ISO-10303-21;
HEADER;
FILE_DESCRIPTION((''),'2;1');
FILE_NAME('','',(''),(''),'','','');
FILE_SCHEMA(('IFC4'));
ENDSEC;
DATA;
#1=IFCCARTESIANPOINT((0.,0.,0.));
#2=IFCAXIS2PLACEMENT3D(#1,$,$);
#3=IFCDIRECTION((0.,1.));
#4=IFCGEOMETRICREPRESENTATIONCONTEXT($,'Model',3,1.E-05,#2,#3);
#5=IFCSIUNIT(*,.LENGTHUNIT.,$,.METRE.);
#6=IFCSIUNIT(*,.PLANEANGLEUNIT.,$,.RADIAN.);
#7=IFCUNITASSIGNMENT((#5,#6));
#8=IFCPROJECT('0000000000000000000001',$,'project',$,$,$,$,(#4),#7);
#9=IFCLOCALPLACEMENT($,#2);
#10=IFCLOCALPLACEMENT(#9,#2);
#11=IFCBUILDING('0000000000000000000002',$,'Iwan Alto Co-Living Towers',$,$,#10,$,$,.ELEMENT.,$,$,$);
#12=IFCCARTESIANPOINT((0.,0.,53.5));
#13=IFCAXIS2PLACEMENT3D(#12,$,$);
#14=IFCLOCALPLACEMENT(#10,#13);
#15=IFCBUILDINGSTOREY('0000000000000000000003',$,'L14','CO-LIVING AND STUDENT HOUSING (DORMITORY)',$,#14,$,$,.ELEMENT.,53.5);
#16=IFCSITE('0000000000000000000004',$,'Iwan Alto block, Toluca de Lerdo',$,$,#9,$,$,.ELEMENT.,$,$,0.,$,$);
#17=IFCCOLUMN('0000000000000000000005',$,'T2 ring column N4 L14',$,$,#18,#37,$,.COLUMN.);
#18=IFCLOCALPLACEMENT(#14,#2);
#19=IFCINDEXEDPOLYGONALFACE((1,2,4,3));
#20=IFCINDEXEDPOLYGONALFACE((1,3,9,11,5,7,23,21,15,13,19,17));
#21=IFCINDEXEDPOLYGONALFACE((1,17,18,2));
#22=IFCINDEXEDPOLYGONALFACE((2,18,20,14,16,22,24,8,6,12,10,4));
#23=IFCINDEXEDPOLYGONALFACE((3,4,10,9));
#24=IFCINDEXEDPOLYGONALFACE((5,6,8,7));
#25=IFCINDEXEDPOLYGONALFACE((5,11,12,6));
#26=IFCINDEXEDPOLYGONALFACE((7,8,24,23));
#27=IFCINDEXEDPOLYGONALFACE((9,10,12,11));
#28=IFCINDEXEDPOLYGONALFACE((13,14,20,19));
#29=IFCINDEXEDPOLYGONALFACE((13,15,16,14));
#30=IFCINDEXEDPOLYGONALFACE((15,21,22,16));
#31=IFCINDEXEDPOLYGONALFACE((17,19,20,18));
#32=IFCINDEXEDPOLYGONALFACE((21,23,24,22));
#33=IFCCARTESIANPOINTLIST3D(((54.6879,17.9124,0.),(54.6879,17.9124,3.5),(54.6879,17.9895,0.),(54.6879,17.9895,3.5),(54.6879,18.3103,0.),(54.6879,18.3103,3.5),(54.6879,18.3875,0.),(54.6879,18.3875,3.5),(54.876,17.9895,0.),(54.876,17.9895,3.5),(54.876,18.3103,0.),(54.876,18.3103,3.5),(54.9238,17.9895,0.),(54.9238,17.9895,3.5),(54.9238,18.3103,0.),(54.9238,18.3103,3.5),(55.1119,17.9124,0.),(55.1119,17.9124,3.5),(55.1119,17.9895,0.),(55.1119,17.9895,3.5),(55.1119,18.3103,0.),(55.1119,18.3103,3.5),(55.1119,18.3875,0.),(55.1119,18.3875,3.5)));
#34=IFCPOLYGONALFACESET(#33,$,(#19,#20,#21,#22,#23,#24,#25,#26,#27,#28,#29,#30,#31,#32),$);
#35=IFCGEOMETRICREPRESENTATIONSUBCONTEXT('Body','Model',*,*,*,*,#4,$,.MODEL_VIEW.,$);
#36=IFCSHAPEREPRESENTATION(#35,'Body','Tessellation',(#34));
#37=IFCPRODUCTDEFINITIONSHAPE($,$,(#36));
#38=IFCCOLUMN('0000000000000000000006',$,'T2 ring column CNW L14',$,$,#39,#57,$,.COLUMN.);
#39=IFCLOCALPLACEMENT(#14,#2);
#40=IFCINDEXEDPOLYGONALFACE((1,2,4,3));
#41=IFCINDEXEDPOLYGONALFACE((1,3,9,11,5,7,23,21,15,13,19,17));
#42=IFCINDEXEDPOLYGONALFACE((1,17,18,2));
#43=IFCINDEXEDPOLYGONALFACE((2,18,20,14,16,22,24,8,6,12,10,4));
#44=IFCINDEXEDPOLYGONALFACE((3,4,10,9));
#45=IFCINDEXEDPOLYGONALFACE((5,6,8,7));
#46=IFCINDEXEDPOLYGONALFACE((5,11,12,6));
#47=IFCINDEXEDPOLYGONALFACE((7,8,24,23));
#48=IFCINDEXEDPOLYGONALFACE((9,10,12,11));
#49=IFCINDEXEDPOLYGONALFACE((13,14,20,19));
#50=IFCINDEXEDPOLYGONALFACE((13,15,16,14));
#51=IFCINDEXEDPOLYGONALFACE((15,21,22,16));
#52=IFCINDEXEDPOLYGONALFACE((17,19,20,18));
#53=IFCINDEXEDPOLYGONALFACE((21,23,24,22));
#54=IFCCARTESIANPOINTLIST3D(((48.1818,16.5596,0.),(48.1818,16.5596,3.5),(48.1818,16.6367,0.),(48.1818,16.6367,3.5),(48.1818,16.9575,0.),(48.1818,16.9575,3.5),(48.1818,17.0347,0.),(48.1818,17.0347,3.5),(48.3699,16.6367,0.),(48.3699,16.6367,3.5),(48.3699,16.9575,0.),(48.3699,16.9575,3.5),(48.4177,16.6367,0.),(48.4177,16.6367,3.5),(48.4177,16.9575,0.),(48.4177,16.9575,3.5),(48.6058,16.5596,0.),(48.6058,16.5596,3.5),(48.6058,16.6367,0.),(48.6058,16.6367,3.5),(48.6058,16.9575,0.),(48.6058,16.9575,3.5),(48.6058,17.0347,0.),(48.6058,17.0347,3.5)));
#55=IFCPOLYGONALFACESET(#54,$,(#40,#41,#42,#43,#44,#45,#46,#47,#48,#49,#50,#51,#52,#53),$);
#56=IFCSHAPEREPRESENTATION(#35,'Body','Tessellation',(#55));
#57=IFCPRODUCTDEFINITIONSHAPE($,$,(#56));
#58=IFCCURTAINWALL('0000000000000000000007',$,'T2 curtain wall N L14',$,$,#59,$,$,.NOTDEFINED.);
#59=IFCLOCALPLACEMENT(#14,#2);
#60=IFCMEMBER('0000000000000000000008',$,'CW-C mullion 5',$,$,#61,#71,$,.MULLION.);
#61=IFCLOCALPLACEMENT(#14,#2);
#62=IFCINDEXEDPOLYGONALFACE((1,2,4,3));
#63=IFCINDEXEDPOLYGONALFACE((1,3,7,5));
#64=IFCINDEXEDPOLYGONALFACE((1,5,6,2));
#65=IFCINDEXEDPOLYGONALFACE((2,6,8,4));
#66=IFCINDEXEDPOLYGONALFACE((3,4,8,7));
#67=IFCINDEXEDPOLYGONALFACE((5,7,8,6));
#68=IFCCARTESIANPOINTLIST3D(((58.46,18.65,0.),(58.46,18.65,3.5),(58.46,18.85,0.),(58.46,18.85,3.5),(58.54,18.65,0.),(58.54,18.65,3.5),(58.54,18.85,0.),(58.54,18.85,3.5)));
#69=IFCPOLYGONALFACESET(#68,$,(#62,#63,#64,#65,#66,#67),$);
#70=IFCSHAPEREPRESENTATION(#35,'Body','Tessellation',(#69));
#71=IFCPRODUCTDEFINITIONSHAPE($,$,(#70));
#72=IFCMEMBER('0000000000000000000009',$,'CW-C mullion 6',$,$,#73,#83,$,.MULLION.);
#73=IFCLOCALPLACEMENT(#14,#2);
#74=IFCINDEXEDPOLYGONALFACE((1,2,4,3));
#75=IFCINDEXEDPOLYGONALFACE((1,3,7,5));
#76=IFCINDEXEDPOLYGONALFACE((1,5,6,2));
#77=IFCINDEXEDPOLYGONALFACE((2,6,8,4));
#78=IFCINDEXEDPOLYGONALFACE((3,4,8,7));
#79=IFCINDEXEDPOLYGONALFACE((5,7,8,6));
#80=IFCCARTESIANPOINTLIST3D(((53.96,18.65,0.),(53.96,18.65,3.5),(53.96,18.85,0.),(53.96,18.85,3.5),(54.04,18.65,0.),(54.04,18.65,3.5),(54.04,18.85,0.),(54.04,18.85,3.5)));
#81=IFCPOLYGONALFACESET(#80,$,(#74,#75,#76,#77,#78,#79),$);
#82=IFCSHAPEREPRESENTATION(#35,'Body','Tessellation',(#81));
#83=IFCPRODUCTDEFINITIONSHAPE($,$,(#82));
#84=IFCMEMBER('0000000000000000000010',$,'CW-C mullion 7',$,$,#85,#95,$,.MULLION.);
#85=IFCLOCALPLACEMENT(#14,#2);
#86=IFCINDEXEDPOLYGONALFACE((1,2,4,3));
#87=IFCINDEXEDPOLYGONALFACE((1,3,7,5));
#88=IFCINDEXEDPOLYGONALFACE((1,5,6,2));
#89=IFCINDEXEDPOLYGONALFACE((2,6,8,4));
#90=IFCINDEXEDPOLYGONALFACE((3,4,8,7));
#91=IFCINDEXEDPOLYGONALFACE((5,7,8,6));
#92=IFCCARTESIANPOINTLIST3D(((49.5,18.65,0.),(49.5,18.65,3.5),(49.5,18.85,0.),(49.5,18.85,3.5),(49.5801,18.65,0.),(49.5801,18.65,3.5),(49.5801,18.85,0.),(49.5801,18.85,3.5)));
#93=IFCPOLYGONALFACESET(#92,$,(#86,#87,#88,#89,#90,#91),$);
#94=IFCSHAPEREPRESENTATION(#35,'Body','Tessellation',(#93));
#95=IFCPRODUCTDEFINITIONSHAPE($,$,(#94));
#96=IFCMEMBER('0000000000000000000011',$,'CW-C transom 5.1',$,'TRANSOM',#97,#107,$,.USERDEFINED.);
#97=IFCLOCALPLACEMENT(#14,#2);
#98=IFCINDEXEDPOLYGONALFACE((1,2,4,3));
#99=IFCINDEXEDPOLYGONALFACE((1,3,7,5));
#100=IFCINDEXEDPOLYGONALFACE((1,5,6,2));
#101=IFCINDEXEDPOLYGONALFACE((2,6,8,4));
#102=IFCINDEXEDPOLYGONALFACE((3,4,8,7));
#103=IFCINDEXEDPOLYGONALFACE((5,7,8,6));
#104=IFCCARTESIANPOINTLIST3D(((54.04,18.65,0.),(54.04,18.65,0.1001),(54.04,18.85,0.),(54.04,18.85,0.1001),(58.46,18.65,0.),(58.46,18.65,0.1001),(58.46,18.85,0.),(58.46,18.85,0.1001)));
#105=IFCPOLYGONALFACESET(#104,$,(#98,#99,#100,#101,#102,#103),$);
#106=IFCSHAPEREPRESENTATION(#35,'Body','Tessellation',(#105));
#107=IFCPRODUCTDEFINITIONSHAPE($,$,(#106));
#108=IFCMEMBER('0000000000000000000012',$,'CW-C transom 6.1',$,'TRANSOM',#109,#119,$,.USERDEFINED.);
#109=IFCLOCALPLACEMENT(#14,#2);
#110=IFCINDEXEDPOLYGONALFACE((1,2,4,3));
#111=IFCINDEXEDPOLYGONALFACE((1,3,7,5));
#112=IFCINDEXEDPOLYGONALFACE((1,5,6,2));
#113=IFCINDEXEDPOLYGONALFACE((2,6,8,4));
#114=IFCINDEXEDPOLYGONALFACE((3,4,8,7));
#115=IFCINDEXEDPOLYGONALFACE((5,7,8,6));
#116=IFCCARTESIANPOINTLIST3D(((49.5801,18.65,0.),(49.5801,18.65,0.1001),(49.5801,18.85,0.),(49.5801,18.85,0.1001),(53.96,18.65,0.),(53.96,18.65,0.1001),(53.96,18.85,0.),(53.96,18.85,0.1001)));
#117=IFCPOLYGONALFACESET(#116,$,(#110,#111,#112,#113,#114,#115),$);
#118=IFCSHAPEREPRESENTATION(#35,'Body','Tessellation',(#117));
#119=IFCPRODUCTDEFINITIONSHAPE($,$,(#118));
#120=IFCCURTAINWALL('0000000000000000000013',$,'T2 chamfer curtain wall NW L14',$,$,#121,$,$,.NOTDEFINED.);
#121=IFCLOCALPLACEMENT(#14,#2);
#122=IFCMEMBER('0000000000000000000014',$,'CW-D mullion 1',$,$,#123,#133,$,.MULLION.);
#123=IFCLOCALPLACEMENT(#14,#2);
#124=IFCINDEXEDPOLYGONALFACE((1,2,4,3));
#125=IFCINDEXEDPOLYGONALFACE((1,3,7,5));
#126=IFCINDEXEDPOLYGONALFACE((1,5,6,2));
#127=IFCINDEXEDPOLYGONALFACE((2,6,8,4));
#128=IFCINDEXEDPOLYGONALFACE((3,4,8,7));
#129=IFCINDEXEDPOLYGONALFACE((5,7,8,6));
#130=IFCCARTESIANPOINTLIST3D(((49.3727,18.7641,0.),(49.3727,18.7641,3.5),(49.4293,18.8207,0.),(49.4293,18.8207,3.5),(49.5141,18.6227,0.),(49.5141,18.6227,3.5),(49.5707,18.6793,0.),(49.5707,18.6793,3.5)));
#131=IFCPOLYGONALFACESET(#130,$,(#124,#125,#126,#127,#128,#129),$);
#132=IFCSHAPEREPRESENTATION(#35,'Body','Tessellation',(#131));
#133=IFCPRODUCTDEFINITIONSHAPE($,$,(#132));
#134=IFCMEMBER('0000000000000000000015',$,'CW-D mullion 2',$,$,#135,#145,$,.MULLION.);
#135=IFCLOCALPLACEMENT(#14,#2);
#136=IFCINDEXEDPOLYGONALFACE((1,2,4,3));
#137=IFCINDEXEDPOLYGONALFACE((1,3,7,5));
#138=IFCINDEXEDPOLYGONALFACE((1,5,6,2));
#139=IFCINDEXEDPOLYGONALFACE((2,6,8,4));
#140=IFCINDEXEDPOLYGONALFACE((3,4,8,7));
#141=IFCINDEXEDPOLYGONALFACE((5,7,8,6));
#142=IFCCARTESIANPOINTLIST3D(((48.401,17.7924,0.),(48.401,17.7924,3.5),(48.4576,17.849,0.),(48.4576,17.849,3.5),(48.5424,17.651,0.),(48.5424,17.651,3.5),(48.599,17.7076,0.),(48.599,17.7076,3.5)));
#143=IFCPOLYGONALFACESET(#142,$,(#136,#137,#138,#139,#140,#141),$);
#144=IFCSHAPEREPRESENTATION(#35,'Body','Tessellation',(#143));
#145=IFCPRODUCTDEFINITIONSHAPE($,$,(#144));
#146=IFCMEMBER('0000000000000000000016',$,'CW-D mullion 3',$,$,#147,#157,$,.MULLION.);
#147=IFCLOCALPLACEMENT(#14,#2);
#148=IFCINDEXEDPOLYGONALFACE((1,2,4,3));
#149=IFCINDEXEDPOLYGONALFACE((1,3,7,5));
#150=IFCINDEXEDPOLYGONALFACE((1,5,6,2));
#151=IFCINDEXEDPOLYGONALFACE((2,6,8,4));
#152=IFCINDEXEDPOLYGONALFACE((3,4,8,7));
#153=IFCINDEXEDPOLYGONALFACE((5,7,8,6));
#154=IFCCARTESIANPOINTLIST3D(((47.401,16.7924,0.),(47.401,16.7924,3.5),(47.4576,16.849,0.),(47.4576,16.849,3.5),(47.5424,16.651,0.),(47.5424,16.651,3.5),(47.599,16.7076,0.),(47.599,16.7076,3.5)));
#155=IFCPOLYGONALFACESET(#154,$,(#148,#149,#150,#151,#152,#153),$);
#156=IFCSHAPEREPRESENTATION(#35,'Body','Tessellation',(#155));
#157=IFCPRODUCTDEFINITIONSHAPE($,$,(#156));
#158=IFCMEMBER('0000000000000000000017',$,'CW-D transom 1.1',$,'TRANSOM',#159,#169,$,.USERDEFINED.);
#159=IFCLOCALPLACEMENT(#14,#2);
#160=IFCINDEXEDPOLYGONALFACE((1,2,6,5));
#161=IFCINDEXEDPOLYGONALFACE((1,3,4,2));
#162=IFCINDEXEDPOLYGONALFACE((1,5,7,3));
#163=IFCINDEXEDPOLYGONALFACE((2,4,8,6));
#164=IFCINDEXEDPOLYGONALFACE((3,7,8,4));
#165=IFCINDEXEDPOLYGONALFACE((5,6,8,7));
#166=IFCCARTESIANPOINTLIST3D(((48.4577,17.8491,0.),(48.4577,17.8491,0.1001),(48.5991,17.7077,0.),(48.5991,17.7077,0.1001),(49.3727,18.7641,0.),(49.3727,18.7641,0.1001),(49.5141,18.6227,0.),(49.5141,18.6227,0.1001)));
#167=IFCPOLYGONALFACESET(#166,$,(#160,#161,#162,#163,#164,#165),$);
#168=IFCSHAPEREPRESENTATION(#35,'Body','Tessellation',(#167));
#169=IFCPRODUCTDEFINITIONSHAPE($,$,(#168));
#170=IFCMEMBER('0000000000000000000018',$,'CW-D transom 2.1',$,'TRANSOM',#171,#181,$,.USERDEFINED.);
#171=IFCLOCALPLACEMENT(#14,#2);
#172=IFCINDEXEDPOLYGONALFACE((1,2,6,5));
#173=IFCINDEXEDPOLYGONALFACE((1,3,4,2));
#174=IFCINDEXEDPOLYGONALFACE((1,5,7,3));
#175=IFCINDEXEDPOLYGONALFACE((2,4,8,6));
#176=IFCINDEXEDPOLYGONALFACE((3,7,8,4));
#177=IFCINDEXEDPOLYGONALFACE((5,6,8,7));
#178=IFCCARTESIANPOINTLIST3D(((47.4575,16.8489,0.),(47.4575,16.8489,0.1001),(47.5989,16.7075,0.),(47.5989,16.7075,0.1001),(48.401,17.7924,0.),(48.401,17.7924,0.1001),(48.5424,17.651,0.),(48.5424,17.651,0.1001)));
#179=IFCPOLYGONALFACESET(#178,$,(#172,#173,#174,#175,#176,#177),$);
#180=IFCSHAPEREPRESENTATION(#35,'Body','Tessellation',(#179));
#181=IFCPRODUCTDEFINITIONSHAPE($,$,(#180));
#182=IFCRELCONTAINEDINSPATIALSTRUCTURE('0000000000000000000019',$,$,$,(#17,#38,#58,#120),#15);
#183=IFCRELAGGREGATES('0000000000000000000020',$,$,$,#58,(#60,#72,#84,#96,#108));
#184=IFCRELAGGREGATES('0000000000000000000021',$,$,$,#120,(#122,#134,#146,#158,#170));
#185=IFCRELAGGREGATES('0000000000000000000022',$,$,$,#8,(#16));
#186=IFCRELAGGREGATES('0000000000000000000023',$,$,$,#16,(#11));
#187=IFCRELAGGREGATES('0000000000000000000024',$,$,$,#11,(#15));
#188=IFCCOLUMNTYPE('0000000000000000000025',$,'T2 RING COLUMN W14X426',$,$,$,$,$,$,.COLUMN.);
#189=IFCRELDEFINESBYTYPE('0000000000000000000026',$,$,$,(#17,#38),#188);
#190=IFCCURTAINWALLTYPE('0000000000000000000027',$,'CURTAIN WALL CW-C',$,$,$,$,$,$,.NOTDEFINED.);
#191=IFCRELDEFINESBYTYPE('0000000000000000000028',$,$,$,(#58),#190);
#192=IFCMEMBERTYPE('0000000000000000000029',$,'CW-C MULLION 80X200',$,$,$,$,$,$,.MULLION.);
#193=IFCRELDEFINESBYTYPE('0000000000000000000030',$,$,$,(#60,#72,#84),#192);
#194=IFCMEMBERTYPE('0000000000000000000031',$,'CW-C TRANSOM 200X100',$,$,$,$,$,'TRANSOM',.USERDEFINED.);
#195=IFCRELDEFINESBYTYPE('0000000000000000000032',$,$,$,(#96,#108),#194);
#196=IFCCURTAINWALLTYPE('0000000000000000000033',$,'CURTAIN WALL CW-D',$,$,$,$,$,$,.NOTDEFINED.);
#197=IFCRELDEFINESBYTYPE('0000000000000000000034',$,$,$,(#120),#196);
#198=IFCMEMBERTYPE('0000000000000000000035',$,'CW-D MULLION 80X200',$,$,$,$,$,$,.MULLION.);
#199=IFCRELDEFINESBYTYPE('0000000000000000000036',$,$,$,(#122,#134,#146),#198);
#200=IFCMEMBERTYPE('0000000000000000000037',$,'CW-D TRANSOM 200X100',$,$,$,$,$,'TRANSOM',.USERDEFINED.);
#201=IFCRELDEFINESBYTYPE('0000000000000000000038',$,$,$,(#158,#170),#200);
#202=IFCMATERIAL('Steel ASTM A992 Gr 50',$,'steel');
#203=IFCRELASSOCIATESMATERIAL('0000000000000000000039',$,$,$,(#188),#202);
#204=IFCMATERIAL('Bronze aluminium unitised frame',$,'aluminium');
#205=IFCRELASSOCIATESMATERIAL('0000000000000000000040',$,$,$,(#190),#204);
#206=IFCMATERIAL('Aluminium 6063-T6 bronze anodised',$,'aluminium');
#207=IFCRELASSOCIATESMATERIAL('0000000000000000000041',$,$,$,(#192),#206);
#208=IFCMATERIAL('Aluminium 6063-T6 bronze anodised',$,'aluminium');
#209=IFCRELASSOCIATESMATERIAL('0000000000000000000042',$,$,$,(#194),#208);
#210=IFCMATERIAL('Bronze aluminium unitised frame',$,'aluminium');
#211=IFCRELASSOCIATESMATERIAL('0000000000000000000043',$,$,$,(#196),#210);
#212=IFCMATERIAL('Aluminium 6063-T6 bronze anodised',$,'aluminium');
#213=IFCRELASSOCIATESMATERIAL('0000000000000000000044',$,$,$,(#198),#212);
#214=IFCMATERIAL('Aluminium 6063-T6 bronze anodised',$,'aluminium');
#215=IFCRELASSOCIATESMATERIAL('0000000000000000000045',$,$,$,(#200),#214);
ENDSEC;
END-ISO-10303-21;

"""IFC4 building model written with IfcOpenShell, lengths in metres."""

from ifc_helpers import new_model, si_unit, direction, frame, origin, origin_2d, place, context, subcontext, project, spatial, rectangle, i_section, extrude, material, material_profile, profile_set, type_object, element, aggregate, save


model = new_model("IFC4")

# Units and contexts
model_context = context("Model", 3, precision=1e-05, world=origin(), true_north=direction((0.0, 1.0)))
body_context = subcontext(model_context, "Body", "Model", "MODEL_VIEW")
ifc_project = project(units=[si_unit("LENGTHUNIT", "METRE"), si_unit("PLANEANGLEUNIT", "RADIAN")], contexts=[model_context])

# Site, building, storey
site_placement = place(None, origin())
site = spatial("IfcSite", under=ifc_project, at=site_placement, Name="Iwan Alto block, Toluca de Lerdo", CompositionType="ELEMENT", RefElevation=0.0)
building_placement = place(site_placement, origin())
building = spatial("IfcBuilding", under=site, at=building_placement, Name="Iwan Alto Co-Living Towers", CompositionType="ELEMENT")
storey_placement = place(building_placement, frame((0.0, 0.0, 53.5)))
storey = spatial("IfcBuildingStorey", under=building, at=storey_placement, Name="L14", Description="CO-LIVING AND STUDENT HOUSING (DORMITORY)", CompositionType="ELEMENT", Elevation=53.5)

# Columns
ifc_material_1 = material(Name="Steel ASTM A992 Gr 50", Category="steel")
ifc_material_profile_1 = material_profile(ifc_material_1, i_section(OverallWidth=0.4241, OverallDepth=0.4751, WebThickness=0.0479, FlangeThickness=0.0771, at=origin_2d()), Name="W14X426")
ifc_profile_set_1 = profile_set([ifc_material_profile_1], Name="Steel ASTM A992 Gr 50")
column_type = type_object("IfcColumnType", Name="T2 RING COLUMN W14X426", PredefinedType="COLUMN", material=ifc_profile_set_1)
for number, where, z_axis, x_axis, name in (
    (1, (54.8999, 18.1499, 0.0), (0.0, 0.0, 1.0), (1.0, 0.0, 0.0), "T2 ring column N4 L14"),
    (2, (48.3938, 16.7971, 0.0), (0.0, 0.0, 1.0), (1.0, 0.0, 0.0), "T2 ring column CNW L14"),
):
    element("IfcColumn", number, at=place(storey_placement, frame(where, z_axis=z_axis, x_axis=x_axis)), inside=storey, type_object=column_type, Name=name, PredefinedType="COLUMN", context=body_context, shape_type="SweptSolid", body=[
        extrude(i_section(OverallWidth=0.4241, OverallDepth=0.4751, WebThickness=0.0479, FlangeThickness=0.0771, at=origin_2d()), origin(), (0.0, 0.0, 1.0), 3.5),
    ])

# Curtain walls, members
ifc_material_2 = material(Name="Bronze aluminium unitised frame", Category="aluminium")
curtain_wall_type_1 = type_object("IfcCurtainWallType", Name="CURTAIN WALL CW-C", PredefinedType="NOTDEFINED", material=ifc_material_2)
curtain_wall_1_placement = place(storey_placement, origin())
curtain_wall_1 = element("IfcCurtainWall", 3, at=curtain_wall_1_placement, inside=storey, type_object=curtain_wall_type_1, Name="T2 curtain wall N L14", PredefinedType="NOTDEFINED")
ifc_material_3 = material(Name="Aluminium 6063-T6 bronze anodised", Category="aluminium")
ifc_material_profile_2 = material_profile(ifc_material_3, rectangle(XDim=0.2, YDim=0.0801, at=origin_2d()), Name="AL 80X200")
ifc_profile_set_2 = profile_set([ifc_material_profile_2], Name="Aluminium 6063-T6 bronze anodised")
member_type_1 = type_object("IfcMemberType", Name="CW-C MULLION 80X200", PredefinedType="MULLION", material=ifc_profile_set_2)
member_1_placement = place(storey_placement, frame((58.5, 18.75, 0.0), z_axis=(0.0, 0.0, 1.0), x_axis=(0.0, -1.0, 0.0)))
member_1 = element("IfcMember", 4, at=member_1_placement, type_object=member_type_1, Name="CW-C mullion 5", PredefinedType="MULLION", context=body_context, shape_type="SweptSolid", body=[
    extrude(rectangle(XDim=0.2, YDim=0.0801, at=origin_2d()), origin(), (0.0, 0.0, 1.0), 3.5),
])
member_2_placement = place(storey_placement, frame((54.0, 18.75, 0.0), z_axis=(0.0, 0.0, 1.0), x_axis=(0.0, -1.0, 0.0)))
member_2 = element("IfcMember", 5, at=member_2_placement, type_object=member_type_1, Name="CW-C mullion 6", PredefinedType="MULLION", context=body_context, shape_type="SweptSolid", body=[
    extrude(rectangle(XDim=0.2, YDim=0.0801, at=origin_2d()), origin(), (0.0, 0.0, 1.0), 3.5),
])
member_3_placement = place(storey_placement, frame((49.54, 18.75, 0.0), z_axis=(0.0, 0.0, 1.0), x_axis=(0.0, -1.0, 0.0)))
member_3 = element("IfcMember", 6, at=member_3_placement, type_object=member_type_1, Name="CW-C mullion 7", PredefinedType="MULLION", context=body_context, shape_type="SweptSolid", body=[
    extrude(rectangle(XDim=0.2, YDim=0.0801, at=origin_2d()), origin(), (0.0, 0.0, 1.0), 3.5),
])
ifc_material_4 = material(Name="Aluminium 6063-T6 bronze anodised", Category="aluminium")
ifc_material_profile_3 = material_profile(ifc_material_4, rectangle(XDim=0.2, YDim=0.1001, at=origin_2d()), Name="AL 200X100")
ifc_profile_set_3 = profile_set([ifc_material_profile_3], Name="Aluminium 6063-T6 bronze anodised")
member_type_2 = type_object("IfcMemberType", Name="CW-C TRANSOM 200X100", ElementType="TRANSOM", PredefinedType="USERDEFINED", material=ifc_profile_set_3)
member_4_placement = place(storey_placement, frame((58.46, 18.75, 0.05), z_axis=(-1.0, 0.0, 0.0), x_axis=(0.0, -1.0, 0.0)))
member_4 = element("IfcMember", 7, at=member_4_placement, type_object=member_type_2, Name="CW-C transom 5.1", ObjectType="TRANSOM", PredefinedType="USERDEFINED", context=body_context, shape_type="SweptSolid", body=[
    extrude(rectangle(XDim=0.2, YDim=0.1001, at=origin_2d()), origin(), (0.0, 0.0, 1.0), 4.4199),
])
member_5_placement = place(storey_placement, frame((53.96, 18.75, 0.05), z_axis=(-1.0, 0.0, 0.0), x_axis=(0.0, -1.0, 0.0)))
member_5 = element("IfcMember", 8, at=member_5_placement, type_object=member_type_2, Name="CW-C transom 6.1", ObjectType="TRANSOM", PredefinedType="USERDEFINED", context=body_context, shape_type="SweptSolid", body=[
    extrude(rectangle(XDim=0.2, YDim=0.1001, at=origin_2d()), origin(), (0.0, 0.0, 1.0), 4.3799),
])
ifc_material_5 = material(Name="Bronze aluminium unitised frame", Category="aluminium")
curtain_wall_type_2 = type_object("IfcCurtainWallType", Name="CURTAIN WALL CW-D", PredefinedType="NOTDEFINED", material=ifc_material_5)
curtain_wall_2_placement = place(storey_placement, origin())
curtain_wall_2 = element("IfcCurtainWall", 9, at=curtain_wall_2_placement, inside=storey, type_object=curtain_wall_type_2, Name="T2 chamfer curtain wall NW L14", PredefinedType="NOTDEFINED")
ifc_material_6 = material(Name="Aluminium 6063-T6 bronze anodised", Category="aluminium")
ifc_material_profile_4 = material_profile(ifc_material_6, rectangle(XDim=0.2, YDim=0.0801, at=origin_2d()), Name="AL 80X200")
ifc_profile_set_4 = profile_set([ifc_material_profile_4], Name="Aluminium 6063-T6 bronze anodised")
member_type_3 = type_object("IfcMemberType", Name="CW-D MULLION 80X200", PredefinedType="MULLION", material=ifc_profile_set_4)
member_6_placement = place(storey_placement, frame((49.4717, 18.7217, 0.0), z_axis=(0.0, 0.0, 1.0), x_axis=(0.707107, -0.707107, 0.0)))
member_6 = element("IfcMember", 10, at=member_6_placement, type_object=member_type_3, Name="CW-D mullion 1", PredefinedType="MULLION", context=body_context, shape_type="SweptSolid", body=[
    extrude(rectangle(XDim=0.2, YDim=0.0801, at=origin_2d()), origin(), (0.0, 0.0, 1.0), 3.5),
])
member_7_placement = place(storey_placement, frame((48.5, 17.75, 0.0), z_axis=(0.0, 0.0, 1.0), x_axis=(0.707107, -0.707107, 0.0)))
member_7 = element("IfcMember", 11, at=member_7_placement, type_object=member_type_3, Name="CW-D mullion 2", PredefinedType="MULLION", context=body_context, shape_type="SweptSolid", body=[
    extrude(rectangle(XDim=0.2, YDim=0.0801, at=origin_2d()), origin(), (0.0, 0.0, 1.0), 3.5),
])
member_8_placement = place(storey_placement, frame((47.5, 16.75, 0.0), z_axis=(0.0, 0.0, 1.0), x_axis=(0.707107, -0.707107, 0.0)))
member_8 = element("IfcMember", 12, at=member_8_placement, type_object=member_type_3, Name="CW-D mullion 3", PredefinedType="MULLION", context=body_context, shape_type="SweptSolid", body=[
    extrude(rectangle(XDim=0.2, YDim=0.0801, at=origin_2d()), origin(), (0.0, 0.0, 1.0), 3.5),
])
ifc_material_7 = material(Name="Aluminium 6063-T6 bronze anodised", Category="aluminium")
ifc_material_profile_5 = material_profile(ifc_material_7, rectangle(XDim=0.2, YDim=0.1001, at=origin_2d()), Name="AL 200X100")
ifc_profile_set_5 = profile_set([ifc_material_profile_5], Name="Aluminium 6063-T6 bronze anodised")
member_type_4 = type_object("IfcMemberType", Name="CW-D TRANSOM 200X100", ElementType="TRANSOM", PredefinedType="USERDEFINED", material=ifc_profile_set_5)
member_9_placement = place(storey_placement, frame((49.4434, 18.6934, 0.05), z_axis=(-0.707107, -0.707107, 0.0), x_axis=(0.707107, -0.707107, 0.0)))
member_9 = element("IfcMember", 13, at=member_9_placement, type_object=member_type_4, Name="CW-D transom 1.1", ObjectType="TRANSOM", PredefinedType="USERDEFINED", context=body_context, shape_type="SweptSolid", body=[
    extrude(rectangle(XDim=0.2, YDim=0.1001, at=origin_2d()), origin(), (0.0, 0.0, 1.0), 1.2939),
])
member_10_placement = place(storey_placement, frame((48.4717, 17.7217, 0.05), z_axis=(-0.707107, -0.707107, 0.0), x_axis=(0.707107, -0.707107, 0.0)))
member_10 = element("IfcMember", 14, at=member_10_placement, type_object=member_type_4, Name="CW-D transom 2.1", ObjectType="TRANSOM", PredefinedType="USERDEFINED", context=body_context, shape_type="SweptSolid", body=[
    extrude(rectangle(XDim=0.2, YDim=0.1001, at=origin_2d()), origin(), (0.0, 0.0, 1.0), 1.3342),
])

aggregate(curtain_wall_1, [member_1, member_2, member_3, member_4, member_5])
aggregate(curtain_wall_2, [member_6, member_7, member_8, member_9, member_10])

save(model, "model.ifc")
